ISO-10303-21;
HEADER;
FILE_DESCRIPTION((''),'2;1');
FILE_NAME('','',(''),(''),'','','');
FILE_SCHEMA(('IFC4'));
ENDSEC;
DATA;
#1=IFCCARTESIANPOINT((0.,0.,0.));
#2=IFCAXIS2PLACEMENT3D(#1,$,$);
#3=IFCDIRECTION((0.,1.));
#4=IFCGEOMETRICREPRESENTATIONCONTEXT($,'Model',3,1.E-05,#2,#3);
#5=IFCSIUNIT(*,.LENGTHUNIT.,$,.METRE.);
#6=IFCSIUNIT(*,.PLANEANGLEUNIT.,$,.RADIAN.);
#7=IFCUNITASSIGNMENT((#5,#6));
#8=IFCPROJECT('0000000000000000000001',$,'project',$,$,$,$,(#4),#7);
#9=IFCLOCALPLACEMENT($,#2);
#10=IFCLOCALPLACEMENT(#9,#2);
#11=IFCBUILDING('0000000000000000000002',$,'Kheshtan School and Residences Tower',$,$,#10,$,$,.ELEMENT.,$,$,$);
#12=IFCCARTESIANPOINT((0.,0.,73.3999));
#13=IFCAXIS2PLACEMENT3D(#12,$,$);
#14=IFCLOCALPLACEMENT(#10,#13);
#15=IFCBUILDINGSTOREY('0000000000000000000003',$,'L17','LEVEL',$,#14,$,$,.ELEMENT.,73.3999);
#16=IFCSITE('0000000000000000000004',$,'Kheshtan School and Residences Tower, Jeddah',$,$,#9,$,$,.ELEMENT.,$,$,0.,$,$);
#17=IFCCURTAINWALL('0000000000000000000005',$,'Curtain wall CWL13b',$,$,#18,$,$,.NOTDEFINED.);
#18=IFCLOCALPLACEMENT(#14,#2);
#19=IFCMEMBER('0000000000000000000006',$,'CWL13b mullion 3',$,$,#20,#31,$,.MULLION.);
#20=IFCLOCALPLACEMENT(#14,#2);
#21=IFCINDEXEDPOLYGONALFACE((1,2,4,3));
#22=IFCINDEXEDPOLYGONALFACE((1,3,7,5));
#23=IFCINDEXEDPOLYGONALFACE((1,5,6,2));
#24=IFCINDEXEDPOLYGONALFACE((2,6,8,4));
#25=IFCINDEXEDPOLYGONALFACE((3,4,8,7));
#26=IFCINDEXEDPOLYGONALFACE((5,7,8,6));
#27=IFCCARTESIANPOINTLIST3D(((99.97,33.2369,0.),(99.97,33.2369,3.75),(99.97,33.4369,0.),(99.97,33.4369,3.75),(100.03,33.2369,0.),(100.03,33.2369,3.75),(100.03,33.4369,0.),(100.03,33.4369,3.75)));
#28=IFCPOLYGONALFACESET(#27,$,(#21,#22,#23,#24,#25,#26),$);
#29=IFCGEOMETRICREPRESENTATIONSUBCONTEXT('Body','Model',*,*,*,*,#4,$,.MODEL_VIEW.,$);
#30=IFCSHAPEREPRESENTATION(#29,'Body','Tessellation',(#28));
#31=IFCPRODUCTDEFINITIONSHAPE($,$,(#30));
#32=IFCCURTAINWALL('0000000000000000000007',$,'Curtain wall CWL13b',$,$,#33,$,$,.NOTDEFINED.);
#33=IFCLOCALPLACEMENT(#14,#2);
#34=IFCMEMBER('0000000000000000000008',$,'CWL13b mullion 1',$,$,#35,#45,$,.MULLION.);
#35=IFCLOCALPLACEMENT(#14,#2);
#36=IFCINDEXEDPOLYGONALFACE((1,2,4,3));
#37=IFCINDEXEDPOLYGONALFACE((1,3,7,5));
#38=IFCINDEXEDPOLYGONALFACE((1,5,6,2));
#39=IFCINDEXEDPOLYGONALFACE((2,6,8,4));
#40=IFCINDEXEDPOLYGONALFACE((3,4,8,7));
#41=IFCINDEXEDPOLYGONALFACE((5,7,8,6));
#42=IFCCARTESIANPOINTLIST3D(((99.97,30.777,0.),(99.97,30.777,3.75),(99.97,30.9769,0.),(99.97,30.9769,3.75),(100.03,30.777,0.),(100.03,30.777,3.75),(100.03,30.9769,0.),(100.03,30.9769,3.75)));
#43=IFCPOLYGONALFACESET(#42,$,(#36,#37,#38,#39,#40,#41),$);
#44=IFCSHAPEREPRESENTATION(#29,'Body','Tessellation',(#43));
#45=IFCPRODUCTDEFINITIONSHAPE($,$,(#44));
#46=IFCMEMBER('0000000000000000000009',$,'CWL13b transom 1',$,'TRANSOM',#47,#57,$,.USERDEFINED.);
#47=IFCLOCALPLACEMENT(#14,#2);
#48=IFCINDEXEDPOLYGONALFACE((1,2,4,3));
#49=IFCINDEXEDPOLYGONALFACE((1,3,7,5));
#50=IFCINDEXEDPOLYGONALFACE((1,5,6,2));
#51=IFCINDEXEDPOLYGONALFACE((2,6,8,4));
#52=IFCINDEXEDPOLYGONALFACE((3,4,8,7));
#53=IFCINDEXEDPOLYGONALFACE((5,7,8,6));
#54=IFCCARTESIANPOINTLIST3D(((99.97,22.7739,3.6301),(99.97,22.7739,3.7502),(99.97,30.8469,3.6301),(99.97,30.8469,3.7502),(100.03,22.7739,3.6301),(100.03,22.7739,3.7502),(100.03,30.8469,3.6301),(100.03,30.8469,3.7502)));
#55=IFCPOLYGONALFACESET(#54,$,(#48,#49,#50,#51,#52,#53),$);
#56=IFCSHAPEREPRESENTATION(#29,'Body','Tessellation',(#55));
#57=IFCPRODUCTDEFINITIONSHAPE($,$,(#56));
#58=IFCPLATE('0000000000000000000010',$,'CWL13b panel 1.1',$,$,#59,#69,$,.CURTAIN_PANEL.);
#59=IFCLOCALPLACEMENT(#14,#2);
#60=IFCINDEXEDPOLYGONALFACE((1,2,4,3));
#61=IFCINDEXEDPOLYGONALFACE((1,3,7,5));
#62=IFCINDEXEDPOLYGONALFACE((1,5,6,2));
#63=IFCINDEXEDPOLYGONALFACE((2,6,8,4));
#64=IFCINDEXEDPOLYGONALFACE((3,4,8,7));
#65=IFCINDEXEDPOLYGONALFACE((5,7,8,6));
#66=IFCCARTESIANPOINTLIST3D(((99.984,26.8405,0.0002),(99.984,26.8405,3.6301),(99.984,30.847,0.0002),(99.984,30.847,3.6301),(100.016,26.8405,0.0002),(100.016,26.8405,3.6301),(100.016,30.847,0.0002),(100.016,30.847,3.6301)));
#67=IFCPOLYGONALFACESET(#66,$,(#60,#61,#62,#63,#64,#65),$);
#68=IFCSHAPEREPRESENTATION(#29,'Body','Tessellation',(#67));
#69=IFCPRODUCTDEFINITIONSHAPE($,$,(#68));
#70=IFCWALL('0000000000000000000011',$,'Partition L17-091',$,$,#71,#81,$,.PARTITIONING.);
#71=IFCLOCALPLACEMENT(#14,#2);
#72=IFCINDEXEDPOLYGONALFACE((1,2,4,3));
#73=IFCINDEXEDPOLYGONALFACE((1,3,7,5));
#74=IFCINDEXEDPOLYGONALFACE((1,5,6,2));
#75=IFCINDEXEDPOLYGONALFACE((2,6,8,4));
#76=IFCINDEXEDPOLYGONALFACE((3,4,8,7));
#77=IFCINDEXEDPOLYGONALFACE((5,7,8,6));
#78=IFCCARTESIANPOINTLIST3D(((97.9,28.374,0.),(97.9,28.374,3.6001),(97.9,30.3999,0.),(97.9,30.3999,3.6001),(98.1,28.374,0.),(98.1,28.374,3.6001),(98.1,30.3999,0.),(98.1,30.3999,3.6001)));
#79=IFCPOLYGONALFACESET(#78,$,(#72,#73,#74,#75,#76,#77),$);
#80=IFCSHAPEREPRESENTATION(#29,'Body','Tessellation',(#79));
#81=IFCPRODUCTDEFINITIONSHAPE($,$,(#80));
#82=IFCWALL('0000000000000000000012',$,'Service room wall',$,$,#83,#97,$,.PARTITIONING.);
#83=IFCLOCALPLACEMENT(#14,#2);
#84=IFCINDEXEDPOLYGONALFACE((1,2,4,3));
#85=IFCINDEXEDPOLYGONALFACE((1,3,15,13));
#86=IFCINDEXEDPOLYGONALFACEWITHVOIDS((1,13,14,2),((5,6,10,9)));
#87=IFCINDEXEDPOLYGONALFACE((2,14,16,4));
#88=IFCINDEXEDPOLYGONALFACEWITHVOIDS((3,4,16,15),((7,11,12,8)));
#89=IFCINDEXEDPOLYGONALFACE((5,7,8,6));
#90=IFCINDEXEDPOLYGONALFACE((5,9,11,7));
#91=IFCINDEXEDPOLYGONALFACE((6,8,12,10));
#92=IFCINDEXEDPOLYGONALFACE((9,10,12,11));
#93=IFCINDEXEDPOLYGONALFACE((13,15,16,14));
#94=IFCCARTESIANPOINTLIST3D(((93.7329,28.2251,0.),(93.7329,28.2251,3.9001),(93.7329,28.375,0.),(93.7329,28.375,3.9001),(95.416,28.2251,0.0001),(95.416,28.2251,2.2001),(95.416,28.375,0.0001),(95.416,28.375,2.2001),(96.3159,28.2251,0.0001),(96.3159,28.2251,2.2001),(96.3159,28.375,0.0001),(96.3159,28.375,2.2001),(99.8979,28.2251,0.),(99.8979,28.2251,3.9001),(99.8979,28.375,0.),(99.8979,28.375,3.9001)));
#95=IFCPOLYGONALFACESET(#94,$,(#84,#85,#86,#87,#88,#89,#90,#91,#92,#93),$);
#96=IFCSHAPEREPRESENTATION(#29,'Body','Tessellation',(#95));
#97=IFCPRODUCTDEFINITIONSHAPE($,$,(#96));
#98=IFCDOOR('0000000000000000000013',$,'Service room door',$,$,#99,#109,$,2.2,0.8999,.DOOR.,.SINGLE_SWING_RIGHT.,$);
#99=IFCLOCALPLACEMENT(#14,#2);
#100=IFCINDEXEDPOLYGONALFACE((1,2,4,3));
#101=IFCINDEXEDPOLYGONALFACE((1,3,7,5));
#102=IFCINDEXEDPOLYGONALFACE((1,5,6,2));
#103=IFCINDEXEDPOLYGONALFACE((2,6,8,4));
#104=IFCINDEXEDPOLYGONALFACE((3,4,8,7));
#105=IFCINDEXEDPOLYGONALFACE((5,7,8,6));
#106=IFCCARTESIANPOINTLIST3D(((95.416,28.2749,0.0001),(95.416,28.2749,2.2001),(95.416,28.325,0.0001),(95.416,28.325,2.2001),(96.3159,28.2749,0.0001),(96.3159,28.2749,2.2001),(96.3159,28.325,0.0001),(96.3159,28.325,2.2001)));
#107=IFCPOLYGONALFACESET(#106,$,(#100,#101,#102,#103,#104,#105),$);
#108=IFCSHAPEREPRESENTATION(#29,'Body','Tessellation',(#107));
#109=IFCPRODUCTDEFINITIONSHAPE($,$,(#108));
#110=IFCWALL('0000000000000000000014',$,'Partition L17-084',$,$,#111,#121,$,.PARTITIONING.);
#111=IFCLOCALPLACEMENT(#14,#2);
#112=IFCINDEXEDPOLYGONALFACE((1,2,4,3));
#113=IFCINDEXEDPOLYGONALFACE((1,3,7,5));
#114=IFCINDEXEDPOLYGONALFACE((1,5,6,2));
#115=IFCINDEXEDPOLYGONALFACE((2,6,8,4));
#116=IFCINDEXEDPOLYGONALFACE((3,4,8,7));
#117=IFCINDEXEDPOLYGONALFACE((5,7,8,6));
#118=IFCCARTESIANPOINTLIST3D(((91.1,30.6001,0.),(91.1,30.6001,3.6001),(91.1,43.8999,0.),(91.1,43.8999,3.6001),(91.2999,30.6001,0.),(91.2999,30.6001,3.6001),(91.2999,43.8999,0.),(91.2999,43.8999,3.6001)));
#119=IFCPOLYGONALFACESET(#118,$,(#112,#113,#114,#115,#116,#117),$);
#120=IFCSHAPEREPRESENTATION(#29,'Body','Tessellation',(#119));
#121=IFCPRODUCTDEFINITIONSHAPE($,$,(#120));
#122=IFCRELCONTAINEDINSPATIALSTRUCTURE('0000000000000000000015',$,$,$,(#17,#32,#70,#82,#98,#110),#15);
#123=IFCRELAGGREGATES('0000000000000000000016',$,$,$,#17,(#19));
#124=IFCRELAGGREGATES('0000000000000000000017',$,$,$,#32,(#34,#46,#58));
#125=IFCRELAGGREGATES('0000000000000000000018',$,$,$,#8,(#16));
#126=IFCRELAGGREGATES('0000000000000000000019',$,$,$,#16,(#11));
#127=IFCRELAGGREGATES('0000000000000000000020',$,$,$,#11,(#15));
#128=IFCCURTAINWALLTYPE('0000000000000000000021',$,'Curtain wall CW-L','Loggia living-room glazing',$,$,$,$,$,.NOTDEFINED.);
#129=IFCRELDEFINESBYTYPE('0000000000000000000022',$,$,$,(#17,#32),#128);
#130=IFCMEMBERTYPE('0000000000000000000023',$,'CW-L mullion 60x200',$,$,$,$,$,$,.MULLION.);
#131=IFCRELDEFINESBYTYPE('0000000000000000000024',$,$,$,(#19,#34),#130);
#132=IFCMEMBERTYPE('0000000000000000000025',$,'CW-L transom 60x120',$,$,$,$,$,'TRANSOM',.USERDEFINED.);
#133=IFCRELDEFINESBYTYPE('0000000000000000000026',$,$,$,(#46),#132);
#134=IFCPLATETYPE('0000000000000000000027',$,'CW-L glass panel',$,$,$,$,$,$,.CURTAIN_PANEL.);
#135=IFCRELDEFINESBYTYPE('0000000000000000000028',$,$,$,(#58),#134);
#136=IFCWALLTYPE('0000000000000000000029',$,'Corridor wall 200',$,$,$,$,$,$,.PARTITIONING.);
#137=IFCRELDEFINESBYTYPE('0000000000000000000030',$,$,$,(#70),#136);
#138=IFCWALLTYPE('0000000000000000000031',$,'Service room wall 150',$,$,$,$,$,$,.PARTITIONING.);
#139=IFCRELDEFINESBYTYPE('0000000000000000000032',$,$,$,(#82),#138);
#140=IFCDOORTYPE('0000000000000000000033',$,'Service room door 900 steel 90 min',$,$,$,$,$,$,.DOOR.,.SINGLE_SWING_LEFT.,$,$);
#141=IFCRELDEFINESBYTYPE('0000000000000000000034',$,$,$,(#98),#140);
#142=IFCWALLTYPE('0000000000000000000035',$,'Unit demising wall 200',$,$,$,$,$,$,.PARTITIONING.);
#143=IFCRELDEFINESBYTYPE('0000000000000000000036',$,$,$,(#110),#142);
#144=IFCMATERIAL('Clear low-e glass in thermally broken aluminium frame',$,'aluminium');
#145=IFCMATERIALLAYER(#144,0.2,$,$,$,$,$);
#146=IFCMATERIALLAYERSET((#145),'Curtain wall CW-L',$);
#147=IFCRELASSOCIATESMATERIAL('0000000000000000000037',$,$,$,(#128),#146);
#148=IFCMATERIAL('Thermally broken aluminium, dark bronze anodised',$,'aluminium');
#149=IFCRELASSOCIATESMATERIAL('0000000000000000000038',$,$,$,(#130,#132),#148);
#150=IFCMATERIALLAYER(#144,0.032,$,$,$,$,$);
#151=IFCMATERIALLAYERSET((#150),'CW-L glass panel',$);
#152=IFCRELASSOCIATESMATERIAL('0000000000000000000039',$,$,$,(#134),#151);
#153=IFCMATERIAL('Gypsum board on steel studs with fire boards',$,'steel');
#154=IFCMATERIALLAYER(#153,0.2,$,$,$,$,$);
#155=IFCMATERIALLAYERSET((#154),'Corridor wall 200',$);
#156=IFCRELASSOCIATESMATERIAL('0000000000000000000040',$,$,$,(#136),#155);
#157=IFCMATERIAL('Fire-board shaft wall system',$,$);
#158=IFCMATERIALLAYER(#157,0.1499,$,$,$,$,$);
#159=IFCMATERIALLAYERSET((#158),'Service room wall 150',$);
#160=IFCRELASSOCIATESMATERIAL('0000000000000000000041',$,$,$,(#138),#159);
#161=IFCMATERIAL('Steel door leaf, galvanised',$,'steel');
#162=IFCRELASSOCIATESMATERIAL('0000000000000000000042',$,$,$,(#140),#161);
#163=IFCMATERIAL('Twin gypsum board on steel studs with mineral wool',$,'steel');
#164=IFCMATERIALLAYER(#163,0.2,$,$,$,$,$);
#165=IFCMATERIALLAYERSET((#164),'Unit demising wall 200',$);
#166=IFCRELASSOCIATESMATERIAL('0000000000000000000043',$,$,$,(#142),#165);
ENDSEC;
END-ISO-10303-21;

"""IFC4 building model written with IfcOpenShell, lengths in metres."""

from ifc_helpers import new_model, si_unit, direction, frame, frame_2d, origin, origin_2d, place, context, subcontext, project, spatial, rectangle, extrude, source, transform, mapped, material, layer, layer_set, material_profile, profile_set, type_object, element, fill, aggregate, save


model = new_model("IFC4")

# Units and contexts
model_context = context("Model", 3, precision=1e-05, world=origin(), true_north=direction((0.0, 1.0)))
body_context = subcontext(model_context, "Body", "Model", "MODEL_VIEW")
ifc_project = project(units=[si_unit("LENGTHUNIT", "METRE"), si_unit("PLANEANGLEUNIT", "RADIAN")], contexts=[model_context])

# Site, building, storey
site_placement = place(None, origin())
site = spatial("IfcSite", under=ifc_project, at=site_placement, Name="Kheshtan School and Residences Tower, Jeddah", CompositionType="ELEMENT", RefElevation=0.0)
building_placement = place(site_placement, origin())
building = spatial("IfcBuilding", under=site, at=building_placement, Name="Kheshtan School and Residences Tower", CompositionType="ELEMENT")
storey_placement = place(building_placement, frame((0.0, 0.0, 73.3999)))
storey = spatial("IfcBuildingStorey", under=building, at=storey_placement, Name="L17", Description="LEVEL", CompositionType="ELEMENT", Elevation=73.3999)

# Curtain wall, member
ifc_material_1 = material(Name="Clear low-e glass in thermally broken aluminium frame", Category="aluminium")
ifc_layer_1 = layer(ifc_material_1, 0.2)
ifc_layer_set_1 = layer_set([ifc_layer_1], Name="Curtain wall CW-L")
curtain_wall_type = type_object("IfcCurtainWallType", Name="Curtain wall CW-L", Description="Loggia living-room glazing", PredefinedType="NOTDEFINED", material=ifc_layer_set_1)
curtain_wall_1_placement = place(storey_placement, origin())
curtain_wall_1 = element("IfcCurtainWall", 1, at=curtain_wall_1_placement, inside=storey, type_object=curtain_wall_type, Name="Curtain wall CWL13b", PredefinedType="NOTDEFINED")
ifc_material_2 = material(Name="Thermally broken aluminium, dark bronze anodised", Category="aluminium")
ifc_material_profile_1 = material_profile(ifc_material_2, rectangle(XDim=0.0601, YDim=0.2, at=origin_2d()), Name="CW-L mullion 60x200")
ifc_profile_set_1 = profile_set([ifc_material_profile_1], Name="Thermally broken aluminium, dark bronze anodised")
member_type_1 = type_object("IfcMemberType", Name="CW-L mullion 60x200", PredefinedType="MULLION", material=ifc_profile_set_1)
member_1_placement = place(storey_placement, frame((100.0, 33.3369, 0.0), z_axis=(0.0, 0.0, 1.0), x_axis=(1.0, 0.0, 0.0)))
member_1 = element("IfcMember", 2, at=member_1_placement, type_object=member_type_1, Name="CWL13b mullion 3", PredefinedType="MULLION", context=body_context, shape_type="SweptSolid", body=[
    extrude(rectangle(XDim=0.0601, YDim=0.2, at=origin_2d()), origin(), (0.0, 0.0, 1.0), 3.75),
])
aggregate(curtain_wall_1, [member_1])

# Curtain wall, members, plate
curtain_wall_2_placement = place(storey_placement, origin())
curtain_wall_2 = element("IfcCurtainWall", 3, at=curtain_wall_2_placement, inside=storey, type_object=curtain_wall_type, Name="Curtain wall CWL13b", PredefinedType="NOTDEFINED")
member_2_placement = place(storey_placement, frame((100.0, 30.877, 0.0), z_axis=(0.0, 0.0, 1.0), x_axis=(1.0, 0.0, 0.0)))
member_2 = element("IfcMember", 4, at=member_2_placement, type_object=member_type_1, Name="CWL13b mullion 1", PredefinedType="MULLION", context=body_context, shape_type="SweptSolid", body=[
    extrude(rectangle(XDim=0.0601, YDim=0.2, at=origin_2d()), origin(), (0.0, 0.0, 1.0), 3.75),
])
ifc_material_profile_2 = material_profile(ifc_material_2, rectangle(XDim=0.0601, YDim=0.1201, at=origin_2d()), Name="CW-L transom 60x120")
ifc_profile_set_2 = profile_set([ifc_material_profile_2], Name="Thermally broken aluminium, dark bronze anodised")
member_type_2 = type_object("IfcMemberType", Name="CW-L transom 60x120", ElementType="TRANSOM", PredefinedType="USERDEFINED", material=ifc_profile_set_2)
member_3_placement = place(storey_placement, frame((100.0, 30.8469, 3.6902), z_axis=(0.0, -1.0, 0.0), x_axis=(1.0, 0.0, 0.0)))
member_3 = element("IfcMember", 5, at=member_3_placement, type_object=member_type_2, Name="CWL13b transom 1", ObjectType="TRANSOM", PredefinedType="USERDEFINED", context=body_context, shape_type="SweptSolid", body=[
    extrude(rectangle(XDim=0.0601, YDim=0.1201, at=origin_2d()), origin(), (0.0, 0.0, 1.0), 8.073),
])
ifc_layer_2 = layer(ifc_material_1, 0.032)
ifc_layer_set_2 = layer_set([ifc_layer_2], Name="CW-L glass panel")
plate_type = type_object("IfcPlateType", Name="CW-L glass panel", PredefinedType="CURTAIN_PANEL", material=ifc_layer_set_2)
plate_placement = place(storey_placement, frame((100.0, 28.8438, 0.0002), z_axis=(0.0, 0.0, 1.0), x_axis=(0.0, -1.0, 0.0)))
plate = element("IfcPlate", 6, at=plate_placement, type_object=plate_type, Name="CWL13b panel 1.1", PredefinedType="CURTAIN_PANEL", context=body_context, shape_type="SweptSolid", body=[
    extrude(rectangle(XDim=4.0066, YDim=0.032, at=origin_2d()), origin(), (0.0, 0.0, 1.0), 3.6299),
])
aggregate(curtain_wall_2, [member_2, member_3, plate])

# Wall
ifc_material_3 = material(Name="Gypsum board on steel studs with fire boards", Category="steel")
ifc_layer_3 = layer(ifc_material_3, 0.2)
ifc_layer_set_3 = layer_set([ifc_layer_3], Name="Corridor wall 200")
wall_type_1 = type_object("IfcWallType", Name="Corridor wall 200", PredefinedType="PARTITIONING", material=ifc_layer_set_3)
wall_1_placement = place(storey_placement, frame((98.0, 28.374, 0.0), z_axis=(0.0, 0.0, 1.0), x_axis=(0.0, 1.0, 0.0)))
element("IfcWall", 7, at=wall_1_placement, inside=storey, type_object=wall_type_1, Name="Partition L17-091", PredefinedType="PARTITIONING", context=body_context, shape_type="SweptSolid", body=[
    extrude(rectangle(XDim=2.0259, YDim=0.2, at=frame_2d((1.0129, 0.0))), origin(), (0.0, 0.0, 1.0), 3.6001),
])

# Wall, opening, door
ifc_material_4 = material(Name="Fire-board shaft wall system")
ifc_layer_4 = layer(ifc_material_4, 0.1499)
ifc_layer_set_4 = layer_set([ifc_layer_4], Name="Service room wall 150")
wall_type_2 = type_object("IfcWallType", Name="Service room wall 150", PredefinedType="PARTITIONING", material=ifc_layer_set_4)
wall_2_placement = place(storey_placement, frame((93.7329, 28.3, 0.0), z_axis=(0.0, 0.0, 1.0), x_axis=(1.0, 0.0, 0.0)))
wall_2 = element("IfcWall", 8, at=wall_2_placement, inside=storey, type_object=wall_type_2, Name="Service room wall", PredefinedType="PARTITIONING", context=body_context, shape_type="SweptSolid", body=[
    extrude(rectangle(XDim=6.165, YDim=0.1499, at=frame_2d((3.0825, 0.0))), origin(), (0.0, 0.0, 1.0), 3.9001),
])
opening_1_placement = place(wall_2_placement, frame((1.6831, 0.0, 0.0)))
opening_1 = element("IfcOpeningElement", 9, at=opening_1_placement, cuts=wall_2, PredefinedType="OPENING", context=body_context, shape_type="SweptSolid", body=[
    extrude(rectangle(XDim=0.8999, YDim=2.2, at=frame_2d((0.45, 1.1001))), frame((0.0, 0.085, 0.0), z_axis=(0.0, -1.0, 0.0), x_axis=(1.0, 0.0, 0.0)), (0.0, 0.0, 1.0), 0.1699),
])
ifc_material_5 = material(Name="Steel door leaf, galvanised", Category="steel")
door_type_1 = type_object("IfcDoorType", Name="Service room door 900 steel 90 min", OperationType="SINGLE_SWING_LEFT", PredefinedType="DOOR", material=ifc_material_5)
shared_shape_1 = source(origin(), body_context, "Body", "SweptSolid", [
    extrude(rectangle(XDim=0.8999, YDim=2.2, at=frame_2d((0.45, 1.1001))), frame((0.0, 0.0249, 0.0), z_axis=(0.0, -1.0, 0.0), x_axis=(1.0, 0.0, 0.0)), (0.0, 0.0, 1.0), 0.05),
])
door_1_placement = place(opening_1_placement, origin())
door_1 = element("IfcDoor", 10, at=door_1_placement, inside=storey, type_object=door_type_1, Name="Service room door", OperationType="SINGLE_SWING_RIGHT", OverallHeight=2.2, OverallWidth=0.8999, PredefinedType="DOOR", context=body_context, shape_type="MappedRepresentation", body=[
    mapped(shared_shape_1, transform((0.0, 0.0, 0.0), x_axis=(1.0, 0.0, 0.0), y_axis=(0.0, 1.0, 0.0), z_axis=(0.0, 0.0, 1.0), scale=1.0)),
])
fill(opening_1, door_1)

# Wall
ifc_material_6 = material(Name="Twin gypsum board on steel studs with mineral wool", Category="steel")
ifc_layer_5 = layer(ifc_material_6, 0.2)
ifc_layer_set_5 = layer_set([ifc_layer_5], Name="Unit demising wall 200")
wall_type_3 = type_object("IfcWallType", Name="Unit demising wall 200", PredefinedType="PARTITIONING", material=ifc_layer_set_5)
wall_3_placement = place(storey_placement, frame((91.2, 30.6001, 0.0), z_axis=(0.0, 0.0, 1.0), x_axis=(0.0, 1.0, 0.0)))
element("IfcWall", 11, at=wall_3_placement, inside=storey, type_object=wall_type_3, Name="Partition L17-084", PredefinedType="PARTITIONING", context=body_context, shape_type="SweptSolid", body=[
    extrude(rectangle(XDim=13.2998, YDim=0.2, at=frame_2d((6.6499, 0.0))), origin(), (0.0, 0.0, 1.0), 3.6001),
])

save(model, "model.ifc")
